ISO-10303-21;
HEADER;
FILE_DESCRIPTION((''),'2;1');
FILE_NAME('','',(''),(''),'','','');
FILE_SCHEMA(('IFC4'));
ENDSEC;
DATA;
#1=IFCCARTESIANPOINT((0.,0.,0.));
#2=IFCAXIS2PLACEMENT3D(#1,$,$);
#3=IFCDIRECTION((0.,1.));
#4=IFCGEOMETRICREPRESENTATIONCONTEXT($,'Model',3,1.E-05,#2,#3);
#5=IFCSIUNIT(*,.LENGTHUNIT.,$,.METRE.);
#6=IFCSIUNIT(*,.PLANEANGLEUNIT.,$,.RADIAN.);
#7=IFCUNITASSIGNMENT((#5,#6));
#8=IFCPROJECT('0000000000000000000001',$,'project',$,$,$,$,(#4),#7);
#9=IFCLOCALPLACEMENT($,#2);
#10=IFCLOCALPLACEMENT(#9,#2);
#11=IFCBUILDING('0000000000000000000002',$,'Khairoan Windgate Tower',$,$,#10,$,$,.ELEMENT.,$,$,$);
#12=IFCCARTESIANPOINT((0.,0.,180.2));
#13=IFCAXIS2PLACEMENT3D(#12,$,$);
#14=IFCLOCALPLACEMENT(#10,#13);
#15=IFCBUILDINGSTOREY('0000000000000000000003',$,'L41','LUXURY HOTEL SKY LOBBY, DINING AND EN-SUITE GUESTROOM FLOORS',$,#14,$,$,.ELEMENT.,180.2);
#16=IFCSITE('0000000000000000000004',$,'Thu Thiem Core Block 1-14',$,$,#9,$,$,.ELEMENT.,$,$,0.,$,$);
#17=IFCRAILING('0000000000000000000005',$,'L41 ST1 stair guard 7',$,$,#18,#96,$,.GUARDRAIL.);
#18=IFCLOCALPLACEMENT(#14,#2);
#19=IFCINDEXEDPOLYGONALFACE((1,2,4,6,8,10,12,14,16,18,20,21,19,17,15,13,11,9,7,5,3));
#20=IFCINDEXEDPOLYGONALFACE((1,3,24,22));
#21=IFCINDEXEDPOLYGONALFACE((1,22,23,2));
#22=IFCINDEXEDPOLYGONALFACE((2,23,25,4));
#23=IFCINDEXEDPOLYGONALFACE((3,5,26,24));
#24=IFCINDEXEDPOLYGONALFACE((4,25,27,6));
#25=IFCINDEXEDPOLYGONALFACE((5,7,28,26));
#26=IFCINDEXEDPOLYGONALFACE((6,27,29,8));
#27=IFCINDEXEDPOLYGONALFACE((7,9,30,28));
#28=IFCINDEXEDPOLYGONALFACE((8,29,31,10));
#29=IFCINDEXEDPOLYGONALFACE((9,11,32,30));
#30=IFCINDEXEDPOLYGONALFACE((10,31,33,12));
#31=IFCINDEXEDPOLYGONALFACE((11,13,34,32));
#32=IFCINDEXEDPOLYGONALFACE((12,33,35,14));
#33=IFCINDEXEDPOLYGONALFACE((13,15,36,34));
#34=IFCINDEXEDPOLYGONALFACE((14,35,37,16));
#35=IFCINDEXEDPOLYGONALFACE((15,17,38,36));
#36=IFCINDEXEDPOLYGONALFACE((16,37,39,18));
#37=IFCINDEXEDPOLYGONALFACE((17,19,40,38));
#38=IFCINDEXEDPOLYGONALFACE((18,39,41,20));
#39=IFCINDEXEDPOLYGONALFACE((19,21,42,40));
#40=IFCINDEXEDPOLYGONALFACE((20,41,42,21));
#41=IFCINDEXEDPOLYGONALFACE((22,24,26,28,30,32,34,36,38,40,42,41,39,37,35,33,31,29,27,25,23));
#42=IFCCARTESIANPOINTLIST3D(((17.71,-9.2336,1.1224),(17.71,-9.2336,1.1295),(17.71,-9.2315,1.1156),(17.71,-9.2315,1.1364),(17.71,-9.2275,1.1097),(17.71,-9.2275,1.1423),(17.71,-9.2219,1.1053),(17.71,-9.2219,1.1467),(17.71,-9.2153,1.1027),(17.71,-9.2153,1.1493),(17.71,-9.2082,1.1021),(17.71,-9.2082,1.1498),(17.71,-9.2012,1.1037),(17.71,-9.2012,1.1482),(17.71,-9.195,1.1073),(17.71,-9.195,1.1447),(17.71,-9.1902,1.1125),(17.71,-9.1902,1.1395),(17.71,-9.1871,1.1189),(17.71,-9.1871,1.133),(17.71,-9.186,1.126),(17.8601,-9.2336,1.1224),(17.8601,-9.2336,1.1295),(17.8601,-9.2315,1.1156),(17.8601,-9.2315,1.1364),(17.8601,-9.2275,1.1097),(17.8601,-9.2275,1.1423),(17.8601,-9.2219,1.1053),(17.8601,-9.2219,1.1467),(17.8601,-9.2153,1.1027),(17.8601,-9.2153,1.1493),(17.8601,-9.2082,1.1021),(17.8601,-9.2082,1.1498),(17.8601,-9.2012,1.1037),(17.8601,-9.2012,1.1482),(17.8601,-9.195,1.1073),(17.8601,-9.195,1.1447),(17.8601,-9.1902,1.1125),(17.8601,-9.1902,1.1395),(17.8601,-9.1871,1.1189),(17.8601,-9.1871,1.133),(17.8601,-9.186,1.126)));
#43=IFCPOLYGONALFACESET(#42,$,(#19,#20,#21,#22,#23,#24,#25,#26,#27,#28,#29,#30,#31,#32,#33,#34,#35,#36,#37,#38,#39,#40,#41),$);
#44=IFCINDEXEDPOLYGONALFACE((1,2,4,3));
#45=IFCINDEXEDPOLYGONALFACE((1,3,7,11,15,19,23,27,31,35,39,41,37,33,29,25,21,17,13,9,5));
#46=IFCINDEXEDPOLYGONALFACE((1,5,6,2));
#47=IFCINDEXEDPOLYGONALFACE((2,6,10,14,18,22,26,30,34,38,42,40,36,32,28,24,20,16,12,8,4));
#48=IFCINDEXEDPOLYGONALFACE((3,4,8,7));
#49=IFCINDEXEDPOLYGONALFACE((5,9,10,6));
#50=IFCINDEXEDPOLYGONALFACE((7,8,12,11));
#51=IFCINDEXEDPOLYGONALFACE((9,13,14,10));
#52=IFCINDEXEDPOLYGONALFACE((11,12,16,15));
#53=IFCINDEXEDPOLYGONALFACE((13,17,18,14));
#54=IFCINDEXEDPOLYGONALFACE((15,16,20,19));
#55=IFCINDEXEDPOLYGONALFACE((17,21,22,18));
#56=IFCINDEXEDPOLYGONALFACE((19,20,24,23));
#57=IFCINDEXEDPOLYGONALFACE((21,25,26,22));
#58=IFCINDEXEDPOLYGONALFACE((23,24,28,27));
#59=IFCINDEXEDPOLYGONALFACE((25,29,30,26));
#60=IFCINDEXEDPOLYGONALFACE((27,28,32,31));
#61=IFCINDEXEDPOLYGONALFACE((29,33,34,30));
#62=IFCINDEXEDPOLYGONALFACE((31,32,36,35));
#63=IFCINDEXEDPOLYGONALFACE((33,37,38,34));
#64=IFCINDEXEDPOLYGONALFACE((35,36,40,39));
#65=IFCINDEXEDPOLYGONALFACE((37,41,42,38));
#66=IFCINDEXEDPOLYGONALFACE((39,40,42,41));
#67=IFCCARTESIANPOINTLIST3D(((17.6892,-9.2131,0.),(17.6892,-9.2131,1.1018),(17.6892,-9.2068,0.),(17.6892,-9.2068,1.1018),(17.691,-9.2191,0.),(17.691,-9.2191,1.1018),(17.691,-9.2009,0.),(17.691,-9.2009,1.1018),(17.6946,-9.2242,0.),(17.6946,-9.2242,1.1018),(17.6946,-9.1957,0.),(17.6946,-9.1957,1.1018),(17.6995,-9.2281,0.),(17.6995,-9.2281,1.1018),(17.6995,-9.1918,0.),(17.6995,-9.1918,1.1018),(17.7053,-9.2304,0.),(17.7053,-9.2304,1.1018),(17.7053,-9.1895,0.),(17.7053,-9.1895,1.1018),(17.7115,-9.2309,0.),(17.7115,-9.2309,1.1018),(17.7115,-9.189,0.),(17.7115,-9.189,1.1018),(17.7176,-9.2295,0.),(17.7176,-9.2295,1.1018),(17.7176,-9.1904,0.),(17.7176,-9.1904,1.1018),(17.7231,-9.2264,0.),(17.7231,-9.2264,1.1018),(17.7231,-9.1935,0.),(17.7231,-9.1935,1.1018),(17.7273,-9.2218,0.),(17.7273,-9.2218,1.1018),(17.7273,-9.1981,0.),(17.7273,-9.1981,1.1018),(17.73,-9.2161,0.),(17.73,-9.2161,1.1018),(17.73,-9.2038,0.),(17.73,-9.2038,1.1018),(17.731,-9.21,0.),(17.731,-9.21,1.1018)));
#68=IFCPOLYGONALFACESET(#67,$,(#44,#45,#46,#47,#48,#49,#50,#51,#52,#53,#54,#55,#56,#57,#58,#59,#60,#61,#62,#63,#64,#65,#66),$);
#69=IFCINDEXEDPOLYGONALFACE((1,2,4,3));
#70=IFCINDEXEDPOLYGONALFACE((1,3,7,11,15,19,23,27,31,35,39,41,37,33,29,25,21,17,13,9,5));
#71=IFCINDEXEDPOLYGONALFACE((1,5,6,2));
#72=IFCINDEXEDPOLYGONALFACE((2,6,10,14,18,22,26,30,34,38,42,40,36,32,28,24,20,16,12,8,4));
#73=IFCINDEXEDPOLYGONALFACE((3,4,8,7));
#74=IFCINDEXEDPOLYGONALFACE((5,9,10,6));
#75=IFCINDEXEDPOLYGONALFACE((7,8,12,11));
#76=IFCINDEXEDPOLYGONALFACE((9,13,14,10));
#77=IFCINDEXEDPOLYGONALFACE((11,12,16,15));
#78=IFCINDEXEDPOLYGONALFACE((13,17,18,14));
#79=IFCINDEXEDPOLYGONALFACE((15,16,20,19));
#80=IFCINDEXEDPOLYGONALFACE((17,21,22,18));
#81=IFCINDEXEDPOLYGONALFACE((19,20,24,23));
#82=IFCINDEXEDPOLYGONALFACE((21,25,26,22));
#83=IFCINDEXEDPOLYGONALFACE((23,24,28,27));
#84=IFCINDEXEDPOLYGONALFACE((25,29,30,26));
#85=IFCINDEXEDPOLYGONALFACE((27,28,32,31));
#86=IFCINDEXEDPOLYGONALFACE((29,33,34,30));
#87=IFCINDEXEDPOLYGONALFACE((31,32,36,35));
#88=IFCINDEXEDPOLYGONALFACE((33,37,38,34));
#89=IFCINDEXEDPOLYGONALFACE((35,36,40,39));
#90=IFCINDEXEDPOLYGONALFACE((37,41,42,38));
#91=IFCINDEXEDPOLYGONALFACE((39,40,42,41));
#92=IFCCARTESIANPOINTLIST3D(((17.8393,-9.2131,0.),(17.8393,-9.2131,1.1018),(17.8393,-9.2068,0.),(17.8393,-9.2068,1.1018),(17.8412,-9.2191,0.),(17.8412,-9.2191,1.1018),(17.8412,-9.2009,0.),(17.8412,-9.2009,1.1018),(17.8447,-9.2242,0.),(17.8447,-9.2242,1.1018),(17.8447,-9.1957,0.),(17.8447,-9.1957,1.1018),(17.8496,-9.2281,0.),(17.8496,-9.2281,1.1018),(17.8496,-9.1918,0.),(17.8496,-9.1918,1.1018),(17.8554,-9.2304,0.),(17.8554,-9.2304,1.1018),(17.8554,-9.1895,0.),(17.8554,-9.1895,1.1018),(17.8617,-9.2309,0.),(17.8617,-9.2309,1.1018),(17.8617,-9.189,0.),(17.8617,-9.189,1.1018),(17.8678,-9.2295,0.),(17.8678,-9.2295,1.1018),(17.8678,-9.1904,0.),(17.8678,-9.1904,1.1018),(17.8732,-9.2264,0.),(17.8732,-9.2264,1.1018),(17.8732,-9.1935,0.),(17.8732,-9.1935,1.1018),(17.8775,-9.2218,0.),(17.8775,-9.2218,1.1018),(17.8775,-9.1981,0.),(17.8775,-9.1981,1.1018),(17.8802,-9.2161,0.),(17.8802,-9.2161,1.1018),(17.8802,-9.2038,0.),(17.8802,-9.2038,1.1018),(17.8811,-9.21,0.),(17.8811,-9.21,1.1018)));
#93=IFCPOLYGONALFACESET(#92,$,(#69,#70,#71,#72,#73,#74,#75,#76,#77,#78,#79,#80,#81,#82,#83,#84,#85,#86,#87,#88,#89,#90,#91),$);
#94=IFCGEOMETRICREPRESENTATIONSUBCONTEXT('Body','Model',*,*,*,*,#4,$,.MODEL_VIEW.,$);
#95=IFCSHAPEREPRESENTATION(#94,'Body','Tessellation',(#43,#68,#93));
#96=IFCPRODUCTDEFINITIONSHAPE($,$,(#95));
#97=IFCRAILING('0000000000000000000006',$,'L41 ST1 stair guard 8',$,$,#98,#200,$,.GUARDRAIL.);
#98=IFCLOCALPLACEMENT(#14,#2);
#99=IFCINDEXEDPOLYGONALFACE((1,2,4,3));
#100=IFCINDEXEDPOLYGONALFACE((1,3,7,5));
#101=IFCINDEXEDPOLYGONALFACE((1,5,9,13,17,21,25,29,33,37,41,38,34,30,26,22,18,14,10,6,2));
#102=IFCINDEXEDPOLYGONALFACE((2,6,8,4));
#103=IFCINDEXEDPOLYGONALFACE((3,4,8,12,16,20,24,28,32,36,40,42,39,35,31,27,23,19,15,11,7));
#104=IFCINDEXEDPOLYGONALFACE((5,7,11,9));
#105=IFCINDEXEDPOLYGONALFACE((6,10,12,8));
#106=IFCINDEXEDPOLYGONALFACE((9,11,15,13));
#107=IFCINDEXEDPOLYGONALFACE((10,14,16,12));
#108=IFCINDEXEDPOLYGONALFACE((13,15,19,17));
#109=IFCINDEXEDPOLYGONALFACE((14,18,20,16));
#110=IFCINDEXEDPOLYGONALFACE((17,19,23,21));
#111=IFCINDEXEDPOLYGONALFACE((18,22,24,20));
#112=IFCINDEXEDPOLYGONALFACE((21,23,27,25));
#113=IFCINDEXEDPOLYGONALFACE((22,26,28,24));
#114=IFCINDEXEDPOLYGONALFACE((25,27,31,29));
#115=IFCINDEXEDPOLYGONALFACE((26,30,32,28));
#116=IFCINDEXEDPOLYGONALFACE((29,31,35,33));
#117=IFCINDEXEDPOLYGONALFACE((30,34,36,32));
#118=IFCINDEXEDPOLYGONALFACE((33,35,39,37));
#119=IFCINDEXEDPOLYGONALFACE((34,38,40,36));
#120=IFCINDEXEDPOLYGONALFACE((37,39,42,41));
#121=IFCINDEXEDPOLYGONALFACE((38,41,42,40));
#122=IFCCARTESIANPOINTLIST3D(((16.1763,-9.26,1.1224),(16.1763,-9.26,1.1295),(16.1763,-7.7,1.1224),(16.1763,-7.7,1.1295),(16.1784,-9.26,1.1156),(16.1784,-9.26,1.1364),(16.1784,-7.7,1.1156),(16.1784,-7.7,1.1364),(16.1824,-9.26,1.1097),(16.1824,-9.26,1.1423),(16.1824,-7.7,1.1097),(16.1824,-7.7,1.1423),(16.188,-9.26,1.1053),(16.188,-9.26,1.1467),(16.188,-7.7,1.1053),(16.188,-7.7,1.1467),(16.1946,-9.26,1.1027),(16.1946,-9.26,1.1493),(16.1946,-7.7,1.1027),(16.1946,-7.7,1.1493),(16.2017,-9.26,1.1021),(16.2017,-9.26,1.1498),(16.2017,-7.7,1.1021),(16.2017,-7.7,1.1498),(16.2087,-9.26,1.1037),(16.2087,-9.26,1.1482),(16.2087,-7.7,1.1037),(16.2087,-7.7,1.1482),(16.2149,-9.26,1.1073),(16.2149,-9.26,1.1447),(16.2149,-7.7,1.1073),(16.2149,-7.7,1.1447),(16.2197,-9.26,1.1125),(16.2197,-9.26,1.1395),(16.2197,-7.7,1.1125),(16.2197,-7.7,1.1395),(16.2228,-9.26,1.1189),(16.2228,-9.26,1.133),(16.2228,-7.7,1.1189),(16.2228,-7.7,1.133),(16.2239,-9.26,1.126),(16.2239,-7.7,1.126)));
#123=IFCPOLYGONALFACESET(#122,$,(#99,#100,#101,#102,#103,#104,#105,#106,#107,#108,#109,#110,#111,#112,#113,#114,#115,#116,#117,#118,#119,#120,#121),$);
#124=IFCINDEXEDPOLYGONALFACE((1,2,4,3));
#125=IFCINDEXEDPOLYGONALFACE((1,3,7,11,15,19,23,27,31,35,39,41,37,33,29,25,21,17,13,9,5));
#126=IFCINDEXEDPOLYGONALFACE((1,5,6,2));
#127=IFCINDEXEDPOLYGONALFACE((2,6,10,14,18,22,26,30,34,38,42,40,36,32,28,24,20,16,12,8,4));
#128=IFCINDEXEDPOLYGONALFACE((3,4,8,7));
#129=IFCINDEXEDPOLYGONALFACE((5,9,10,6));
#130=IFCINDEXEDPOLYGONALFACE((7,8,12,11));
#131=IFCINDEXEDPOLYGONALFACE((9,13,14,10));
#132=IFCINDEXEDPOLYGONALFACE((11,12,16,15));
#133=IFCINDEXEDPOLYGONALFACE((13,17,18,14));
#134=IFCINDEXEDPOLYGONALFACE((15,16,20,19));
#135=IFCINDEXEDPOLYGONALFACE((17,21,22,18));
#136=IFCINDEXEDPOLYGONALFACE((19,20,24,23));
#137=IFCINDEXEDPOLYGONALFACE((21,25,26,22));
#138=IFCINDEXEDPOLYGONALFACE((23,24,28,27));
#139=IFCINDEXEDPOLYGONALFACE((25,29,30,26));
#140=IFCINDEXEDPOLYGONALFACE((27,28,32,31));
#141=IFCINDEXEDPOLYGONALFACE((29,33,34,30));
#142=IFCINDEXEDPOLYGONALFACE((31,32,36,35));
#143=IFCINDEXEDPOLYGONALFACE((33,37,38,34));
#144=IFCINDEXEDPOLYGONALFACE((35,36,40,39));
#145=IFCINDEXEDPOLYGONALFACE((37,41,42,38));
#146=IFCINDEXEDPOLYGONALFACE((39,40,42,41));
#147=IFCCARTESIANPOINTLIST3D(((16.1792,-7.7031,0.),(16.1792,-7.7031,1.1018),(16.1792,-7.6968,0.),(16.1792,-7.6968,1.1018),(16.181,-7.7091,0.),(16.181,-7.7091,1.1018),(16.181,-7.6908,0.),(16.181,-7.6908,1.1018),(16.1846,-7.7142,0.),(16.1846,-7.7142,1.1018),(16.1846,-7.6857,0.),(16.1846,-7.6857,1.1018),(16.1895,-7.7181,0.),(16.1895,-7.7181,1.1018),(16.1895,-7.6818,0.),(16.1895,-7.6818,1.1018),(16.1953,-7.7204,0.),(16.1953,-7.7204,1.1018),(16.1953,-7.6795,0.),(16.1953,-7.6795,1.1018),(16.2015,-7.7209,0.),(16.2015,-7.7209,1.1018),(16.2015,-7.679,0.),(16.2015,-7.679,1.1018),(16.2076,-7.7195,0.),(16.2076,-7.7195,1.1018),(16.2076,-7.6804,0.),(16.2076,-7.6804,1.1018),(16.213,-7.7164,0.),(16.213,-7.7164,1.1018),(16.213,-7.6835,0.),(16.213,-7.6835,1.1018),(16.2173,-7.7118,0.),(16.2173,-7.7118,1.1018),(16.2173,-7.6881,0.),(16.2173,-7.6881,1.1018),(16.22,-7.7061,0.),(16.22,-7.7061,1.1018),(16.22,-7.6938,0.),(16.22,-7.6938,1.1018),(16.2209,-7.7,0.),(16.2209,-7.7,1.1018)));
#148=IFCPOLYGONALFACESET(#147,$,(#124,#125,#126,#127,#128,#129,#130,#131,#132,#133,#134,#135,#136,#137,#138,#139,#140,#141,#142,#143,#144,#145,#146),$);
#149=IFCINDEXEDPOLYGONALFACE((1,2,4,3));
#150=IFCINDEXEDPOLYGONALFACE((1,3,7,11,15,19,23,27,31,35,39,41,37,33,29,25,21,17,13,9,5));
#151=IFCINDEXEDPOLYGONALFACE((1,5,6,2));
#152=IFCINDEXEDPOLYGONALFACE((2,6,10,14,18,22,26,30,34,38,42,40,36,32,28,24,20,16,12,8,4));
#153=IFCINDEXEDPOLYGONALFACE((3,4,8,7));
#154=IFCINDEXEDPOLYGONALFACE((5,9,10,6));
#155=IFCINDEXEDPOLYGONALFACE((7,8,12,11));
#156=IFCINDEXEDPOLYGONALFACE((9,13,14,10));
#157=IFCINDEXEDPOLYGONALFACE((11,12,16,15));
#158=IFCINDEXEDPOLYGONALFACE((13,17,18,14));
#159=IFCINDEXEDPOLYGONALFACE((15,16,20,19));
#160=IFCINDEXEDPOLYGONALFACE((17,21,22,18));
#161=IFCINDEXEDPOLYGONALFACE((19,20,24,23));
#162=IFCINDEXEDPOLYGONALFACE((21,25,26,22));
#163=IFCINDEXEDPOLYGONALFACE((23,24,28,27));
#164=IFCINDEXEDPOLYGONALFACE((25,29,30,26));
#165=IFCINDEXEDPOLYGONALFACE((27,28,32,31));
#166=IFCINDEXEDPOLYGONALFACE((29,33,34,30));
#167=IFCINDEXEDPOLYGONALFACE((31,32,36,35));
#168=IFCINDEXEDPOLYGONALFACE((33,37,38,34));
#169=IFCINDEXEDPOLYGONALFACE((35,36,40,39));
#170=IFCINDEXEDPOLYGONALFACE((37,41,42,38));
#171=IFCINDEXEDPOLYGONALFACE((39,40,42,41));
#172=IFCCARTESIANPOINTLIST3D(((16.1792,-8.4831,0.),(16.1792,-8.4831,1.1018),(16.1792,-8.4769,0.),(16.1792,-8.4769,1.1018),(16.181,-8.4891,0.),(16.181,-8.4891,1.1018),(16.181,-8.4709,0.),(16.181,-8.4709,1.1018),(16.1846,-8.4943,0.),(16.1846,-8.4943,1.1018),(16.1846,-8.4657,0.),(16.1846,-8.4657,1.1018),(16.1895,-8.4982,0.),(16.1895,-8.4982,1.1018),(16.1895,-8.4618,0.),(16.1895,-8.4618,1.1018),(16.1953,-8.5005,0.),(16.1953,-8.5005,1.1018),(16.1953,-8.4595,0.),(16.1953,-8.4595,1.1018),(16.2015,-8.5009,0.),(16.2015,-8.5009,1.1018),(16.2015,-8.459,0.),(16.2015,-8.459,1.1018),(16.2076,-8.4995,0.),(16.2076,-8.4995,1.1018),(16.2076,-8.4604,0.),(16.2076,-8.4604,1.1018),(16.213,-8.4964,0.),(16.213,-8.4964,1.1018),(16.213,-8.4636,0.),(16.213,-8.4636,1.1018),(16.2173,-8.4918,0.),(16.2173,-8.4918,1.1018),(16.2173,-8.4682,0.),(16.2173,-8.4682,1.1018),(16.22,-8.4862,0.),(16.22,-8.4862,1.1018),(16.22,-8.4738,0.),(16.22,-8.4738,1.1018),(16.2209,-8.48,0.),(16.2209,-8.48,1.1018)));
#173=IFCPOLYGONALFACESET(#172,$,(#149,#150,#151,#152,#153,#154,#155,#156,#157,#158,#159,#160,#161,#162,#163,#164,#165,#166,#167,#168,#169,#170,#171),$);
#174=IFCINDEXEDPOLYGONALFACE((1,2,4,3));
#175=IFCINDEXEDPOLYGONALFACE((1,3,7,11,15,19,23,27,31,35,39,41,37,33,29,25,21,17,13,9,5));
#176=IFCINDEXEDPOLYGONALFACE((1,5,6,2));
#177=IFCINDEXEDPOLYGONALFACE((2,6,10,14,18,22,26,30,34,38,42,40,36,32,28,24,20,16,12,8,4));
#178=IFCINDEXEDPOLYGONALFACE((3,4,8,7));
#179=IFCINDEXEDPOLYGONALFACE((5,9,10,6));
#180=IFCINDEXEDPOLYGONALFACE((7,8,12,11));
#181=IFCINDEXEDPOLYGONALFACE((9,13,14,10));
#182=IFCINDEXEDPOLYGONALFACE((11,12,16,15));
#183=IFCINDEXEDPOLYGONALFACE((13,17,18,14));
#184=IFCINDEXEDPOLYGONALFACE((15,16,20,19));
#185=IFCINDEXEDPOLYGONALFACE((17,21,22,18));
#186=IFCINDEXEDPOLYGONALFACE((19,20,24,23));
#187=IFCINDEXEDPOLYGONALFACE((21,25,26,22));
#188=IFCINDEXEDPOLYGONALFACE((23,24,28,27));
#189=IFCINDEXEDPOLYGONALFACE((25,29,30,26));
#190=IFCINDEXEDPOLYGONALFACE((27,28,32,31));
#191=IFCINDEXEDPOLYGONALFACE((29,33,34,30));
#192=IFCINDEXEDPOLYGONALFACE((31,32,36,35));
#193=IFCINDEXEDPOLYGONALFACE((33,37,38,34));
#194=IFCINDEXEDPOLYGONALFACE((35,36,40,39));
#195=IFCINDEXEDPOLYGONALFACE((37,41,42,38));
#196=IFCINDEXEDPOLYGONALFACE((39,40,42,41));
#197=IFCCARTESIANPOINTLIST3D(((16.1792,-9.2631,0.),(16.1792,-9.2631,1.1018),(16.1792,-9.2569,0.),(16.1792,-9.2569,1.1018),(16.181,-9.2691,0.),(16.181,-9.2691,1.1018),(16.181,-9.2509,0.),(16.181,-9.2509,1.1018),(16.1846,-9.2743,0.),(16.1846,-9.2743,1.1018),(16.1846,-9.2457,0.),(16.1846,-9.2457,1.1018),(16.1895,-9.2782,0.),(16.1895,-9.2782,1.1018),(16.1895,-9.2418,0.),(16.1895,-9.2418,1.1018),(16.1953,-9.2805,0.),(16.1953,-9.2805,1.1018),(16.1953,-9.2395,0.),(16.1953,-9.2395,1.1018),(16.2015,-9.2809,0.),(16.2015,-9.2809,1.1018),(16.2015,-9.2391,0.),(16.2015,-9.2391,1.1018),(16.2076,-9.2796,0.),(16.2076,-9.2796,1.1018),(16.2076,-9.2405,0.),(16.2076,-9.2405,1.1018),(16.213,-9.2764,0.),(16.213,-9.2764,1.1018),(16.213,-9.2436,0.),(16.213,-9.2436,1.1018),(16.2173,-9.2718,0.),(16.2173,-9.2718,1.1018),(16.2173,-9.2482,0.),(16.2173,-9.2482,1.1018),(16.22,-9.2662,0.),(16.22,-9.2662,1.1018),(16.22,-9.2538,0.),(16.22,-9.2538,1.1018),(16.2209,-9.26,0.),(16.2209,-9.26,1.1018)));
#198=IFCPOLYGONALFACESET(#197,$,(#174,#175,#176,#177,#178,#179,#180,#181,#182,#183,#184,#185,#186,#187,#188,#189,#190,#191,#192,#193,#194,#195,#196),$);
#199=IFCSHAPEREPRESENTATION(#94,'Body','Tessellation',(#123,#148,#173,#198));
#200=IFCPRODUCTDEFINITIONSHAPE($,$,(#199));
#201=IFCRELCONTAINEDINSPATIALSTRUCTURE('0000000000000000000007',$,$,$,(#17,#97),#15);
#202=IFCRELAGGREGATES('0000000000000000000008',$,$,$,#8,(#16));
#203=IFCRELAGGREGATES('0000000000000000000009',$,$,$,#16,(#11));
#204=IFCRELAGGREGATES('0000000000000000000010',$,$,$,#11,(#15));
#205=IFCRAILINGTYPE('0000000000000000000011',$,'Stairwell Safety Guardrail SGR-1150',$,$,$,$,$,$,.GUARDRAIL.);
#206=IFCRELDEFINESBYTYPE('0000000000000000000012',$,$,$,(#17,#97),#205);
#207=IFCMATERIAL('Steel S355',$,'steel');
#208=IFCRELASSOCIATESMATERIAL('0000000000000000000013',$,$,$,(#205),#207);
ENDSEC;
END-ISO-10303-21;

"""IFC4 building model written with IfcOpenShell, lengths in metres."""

from ifc_helpers import new_model, si_unit, direction, frame, origin, origin_2d, place, context, subcontext, project, spatial, circle, extrude, material, type_object, element, save


model = new_model("IFC4")

# Units and contexts
model_context = context("Model", 3, precision=1e-05, world=origin(), true_north=direction((0.0, 1.0)))
body_context = subcontext(model_context, "Body", "Model", "MODEL_VIEW")
ifc_project = project(units=[si_unit("LENGTHUNIT", "METRE"), si_unit("PLANEANGLEUNIT", "RADIAN")], contexts=[model_context])

# Site, building, storey
site_placement = place(None, origin())
site = spatial("IfcSite", under=ifc_project, at=site_placement, Name="Thu Thiem Core Block 1-14", CompositionType="ELEMENT", RefElevation=0.0)
building_placement = place(site_placement, origin())
building = spatial("IfcBuilding", under=site, at=building_placement, Name="Khairoan Windgate Tower", CompositionType="ELEMENT")
storey_placement = place(building_placement, frame((0.0, 0.0, 180.2)))
storey = spatial("IfcBuildingStorey", under=building, at=storey_placement, Name="L41", Description="LUXURY HOTEL SKY LOBBY, DINING AND EN-SUITE GUESTROOM FLOORS", CompositionType="ELEMENT", Elevation=180.2)

# Railings
ifc_material_1 = material(Name="Steel S355", Category="steel")
railing_type_1 = type_object("IfcRailingType", Name="Stairwell Safety Guardrail SGR-1150", PredefinedType="GUARDRAIL", material=ifc_material_1)
railing_1_placement = place(storey_placement, frame((17.71, -9.21, 0.0)))
element("IfcRailing", 1, at=railing_1_placement, inside=storey, type_object=railing_type_1, Name="L41 ST1 stair guard 7", PredefinedType="GUARDRAIL", context=body_context, shape_type="SweptSolid", body=[
    extrude(circle(Radius=0.0239, at=origin_2d()), frame((0.0, 0.0, 1.126), z_axis=(1.0, 0.0, 0.0), x_axis=(0.0, 1.0, 0.0)), (0.0, 0.0, 1.0), 0.1501),
    extrude(circle(Radius=0.021, at=origin_2d()), origin(), (0.0, 0.0, 1.0), 1.1018),
    extrude(circle(Radius=0.021, at=origin_2d()), frame((0.1501, 0.0, 0.0)), (0.0, 0.0, 1.0), 1.1018),
])
for number, where, name in (
    (2, (16.2, -7.7, 0.0), "L41 ST1 stair guard 8"),
):
    element("IfcRailing", number, at=place(storey_placement, frame(where)), inside=storey, type_object=railing_type_1, Name=name, PredefinedType="GUARDRAIL", context=body_context, shape_type="SweptSolid", body=[
        extrude(circle(Radius=0.0239, at=origin_2d()), frame((0.0, 0.0, 1.126), z_axis=(0.0, -1.0, 0.0), x_axis=(1.0, 0.0, 0.0)), (0.0, 0.0, 1.0), 1.5601),
        extrude(circle(Radius=0.021, at=origin_2d()), origin(), (0.0, 0.0, 1.0), 1.1018),
        extrude(circle(Radius=0.021, at=origin_2d()), frame((0.0, -0.78, 0.0)), (0.0, 0.0, 1.0), 1.1018),
        extrude(circle(Radius=0.021, at=origin_2d()), frame((0.0, -1.5601, 0.0)), (0.0, 0.0, 1.0), 1.1018),
    ])

save(model, "model.ifc")
